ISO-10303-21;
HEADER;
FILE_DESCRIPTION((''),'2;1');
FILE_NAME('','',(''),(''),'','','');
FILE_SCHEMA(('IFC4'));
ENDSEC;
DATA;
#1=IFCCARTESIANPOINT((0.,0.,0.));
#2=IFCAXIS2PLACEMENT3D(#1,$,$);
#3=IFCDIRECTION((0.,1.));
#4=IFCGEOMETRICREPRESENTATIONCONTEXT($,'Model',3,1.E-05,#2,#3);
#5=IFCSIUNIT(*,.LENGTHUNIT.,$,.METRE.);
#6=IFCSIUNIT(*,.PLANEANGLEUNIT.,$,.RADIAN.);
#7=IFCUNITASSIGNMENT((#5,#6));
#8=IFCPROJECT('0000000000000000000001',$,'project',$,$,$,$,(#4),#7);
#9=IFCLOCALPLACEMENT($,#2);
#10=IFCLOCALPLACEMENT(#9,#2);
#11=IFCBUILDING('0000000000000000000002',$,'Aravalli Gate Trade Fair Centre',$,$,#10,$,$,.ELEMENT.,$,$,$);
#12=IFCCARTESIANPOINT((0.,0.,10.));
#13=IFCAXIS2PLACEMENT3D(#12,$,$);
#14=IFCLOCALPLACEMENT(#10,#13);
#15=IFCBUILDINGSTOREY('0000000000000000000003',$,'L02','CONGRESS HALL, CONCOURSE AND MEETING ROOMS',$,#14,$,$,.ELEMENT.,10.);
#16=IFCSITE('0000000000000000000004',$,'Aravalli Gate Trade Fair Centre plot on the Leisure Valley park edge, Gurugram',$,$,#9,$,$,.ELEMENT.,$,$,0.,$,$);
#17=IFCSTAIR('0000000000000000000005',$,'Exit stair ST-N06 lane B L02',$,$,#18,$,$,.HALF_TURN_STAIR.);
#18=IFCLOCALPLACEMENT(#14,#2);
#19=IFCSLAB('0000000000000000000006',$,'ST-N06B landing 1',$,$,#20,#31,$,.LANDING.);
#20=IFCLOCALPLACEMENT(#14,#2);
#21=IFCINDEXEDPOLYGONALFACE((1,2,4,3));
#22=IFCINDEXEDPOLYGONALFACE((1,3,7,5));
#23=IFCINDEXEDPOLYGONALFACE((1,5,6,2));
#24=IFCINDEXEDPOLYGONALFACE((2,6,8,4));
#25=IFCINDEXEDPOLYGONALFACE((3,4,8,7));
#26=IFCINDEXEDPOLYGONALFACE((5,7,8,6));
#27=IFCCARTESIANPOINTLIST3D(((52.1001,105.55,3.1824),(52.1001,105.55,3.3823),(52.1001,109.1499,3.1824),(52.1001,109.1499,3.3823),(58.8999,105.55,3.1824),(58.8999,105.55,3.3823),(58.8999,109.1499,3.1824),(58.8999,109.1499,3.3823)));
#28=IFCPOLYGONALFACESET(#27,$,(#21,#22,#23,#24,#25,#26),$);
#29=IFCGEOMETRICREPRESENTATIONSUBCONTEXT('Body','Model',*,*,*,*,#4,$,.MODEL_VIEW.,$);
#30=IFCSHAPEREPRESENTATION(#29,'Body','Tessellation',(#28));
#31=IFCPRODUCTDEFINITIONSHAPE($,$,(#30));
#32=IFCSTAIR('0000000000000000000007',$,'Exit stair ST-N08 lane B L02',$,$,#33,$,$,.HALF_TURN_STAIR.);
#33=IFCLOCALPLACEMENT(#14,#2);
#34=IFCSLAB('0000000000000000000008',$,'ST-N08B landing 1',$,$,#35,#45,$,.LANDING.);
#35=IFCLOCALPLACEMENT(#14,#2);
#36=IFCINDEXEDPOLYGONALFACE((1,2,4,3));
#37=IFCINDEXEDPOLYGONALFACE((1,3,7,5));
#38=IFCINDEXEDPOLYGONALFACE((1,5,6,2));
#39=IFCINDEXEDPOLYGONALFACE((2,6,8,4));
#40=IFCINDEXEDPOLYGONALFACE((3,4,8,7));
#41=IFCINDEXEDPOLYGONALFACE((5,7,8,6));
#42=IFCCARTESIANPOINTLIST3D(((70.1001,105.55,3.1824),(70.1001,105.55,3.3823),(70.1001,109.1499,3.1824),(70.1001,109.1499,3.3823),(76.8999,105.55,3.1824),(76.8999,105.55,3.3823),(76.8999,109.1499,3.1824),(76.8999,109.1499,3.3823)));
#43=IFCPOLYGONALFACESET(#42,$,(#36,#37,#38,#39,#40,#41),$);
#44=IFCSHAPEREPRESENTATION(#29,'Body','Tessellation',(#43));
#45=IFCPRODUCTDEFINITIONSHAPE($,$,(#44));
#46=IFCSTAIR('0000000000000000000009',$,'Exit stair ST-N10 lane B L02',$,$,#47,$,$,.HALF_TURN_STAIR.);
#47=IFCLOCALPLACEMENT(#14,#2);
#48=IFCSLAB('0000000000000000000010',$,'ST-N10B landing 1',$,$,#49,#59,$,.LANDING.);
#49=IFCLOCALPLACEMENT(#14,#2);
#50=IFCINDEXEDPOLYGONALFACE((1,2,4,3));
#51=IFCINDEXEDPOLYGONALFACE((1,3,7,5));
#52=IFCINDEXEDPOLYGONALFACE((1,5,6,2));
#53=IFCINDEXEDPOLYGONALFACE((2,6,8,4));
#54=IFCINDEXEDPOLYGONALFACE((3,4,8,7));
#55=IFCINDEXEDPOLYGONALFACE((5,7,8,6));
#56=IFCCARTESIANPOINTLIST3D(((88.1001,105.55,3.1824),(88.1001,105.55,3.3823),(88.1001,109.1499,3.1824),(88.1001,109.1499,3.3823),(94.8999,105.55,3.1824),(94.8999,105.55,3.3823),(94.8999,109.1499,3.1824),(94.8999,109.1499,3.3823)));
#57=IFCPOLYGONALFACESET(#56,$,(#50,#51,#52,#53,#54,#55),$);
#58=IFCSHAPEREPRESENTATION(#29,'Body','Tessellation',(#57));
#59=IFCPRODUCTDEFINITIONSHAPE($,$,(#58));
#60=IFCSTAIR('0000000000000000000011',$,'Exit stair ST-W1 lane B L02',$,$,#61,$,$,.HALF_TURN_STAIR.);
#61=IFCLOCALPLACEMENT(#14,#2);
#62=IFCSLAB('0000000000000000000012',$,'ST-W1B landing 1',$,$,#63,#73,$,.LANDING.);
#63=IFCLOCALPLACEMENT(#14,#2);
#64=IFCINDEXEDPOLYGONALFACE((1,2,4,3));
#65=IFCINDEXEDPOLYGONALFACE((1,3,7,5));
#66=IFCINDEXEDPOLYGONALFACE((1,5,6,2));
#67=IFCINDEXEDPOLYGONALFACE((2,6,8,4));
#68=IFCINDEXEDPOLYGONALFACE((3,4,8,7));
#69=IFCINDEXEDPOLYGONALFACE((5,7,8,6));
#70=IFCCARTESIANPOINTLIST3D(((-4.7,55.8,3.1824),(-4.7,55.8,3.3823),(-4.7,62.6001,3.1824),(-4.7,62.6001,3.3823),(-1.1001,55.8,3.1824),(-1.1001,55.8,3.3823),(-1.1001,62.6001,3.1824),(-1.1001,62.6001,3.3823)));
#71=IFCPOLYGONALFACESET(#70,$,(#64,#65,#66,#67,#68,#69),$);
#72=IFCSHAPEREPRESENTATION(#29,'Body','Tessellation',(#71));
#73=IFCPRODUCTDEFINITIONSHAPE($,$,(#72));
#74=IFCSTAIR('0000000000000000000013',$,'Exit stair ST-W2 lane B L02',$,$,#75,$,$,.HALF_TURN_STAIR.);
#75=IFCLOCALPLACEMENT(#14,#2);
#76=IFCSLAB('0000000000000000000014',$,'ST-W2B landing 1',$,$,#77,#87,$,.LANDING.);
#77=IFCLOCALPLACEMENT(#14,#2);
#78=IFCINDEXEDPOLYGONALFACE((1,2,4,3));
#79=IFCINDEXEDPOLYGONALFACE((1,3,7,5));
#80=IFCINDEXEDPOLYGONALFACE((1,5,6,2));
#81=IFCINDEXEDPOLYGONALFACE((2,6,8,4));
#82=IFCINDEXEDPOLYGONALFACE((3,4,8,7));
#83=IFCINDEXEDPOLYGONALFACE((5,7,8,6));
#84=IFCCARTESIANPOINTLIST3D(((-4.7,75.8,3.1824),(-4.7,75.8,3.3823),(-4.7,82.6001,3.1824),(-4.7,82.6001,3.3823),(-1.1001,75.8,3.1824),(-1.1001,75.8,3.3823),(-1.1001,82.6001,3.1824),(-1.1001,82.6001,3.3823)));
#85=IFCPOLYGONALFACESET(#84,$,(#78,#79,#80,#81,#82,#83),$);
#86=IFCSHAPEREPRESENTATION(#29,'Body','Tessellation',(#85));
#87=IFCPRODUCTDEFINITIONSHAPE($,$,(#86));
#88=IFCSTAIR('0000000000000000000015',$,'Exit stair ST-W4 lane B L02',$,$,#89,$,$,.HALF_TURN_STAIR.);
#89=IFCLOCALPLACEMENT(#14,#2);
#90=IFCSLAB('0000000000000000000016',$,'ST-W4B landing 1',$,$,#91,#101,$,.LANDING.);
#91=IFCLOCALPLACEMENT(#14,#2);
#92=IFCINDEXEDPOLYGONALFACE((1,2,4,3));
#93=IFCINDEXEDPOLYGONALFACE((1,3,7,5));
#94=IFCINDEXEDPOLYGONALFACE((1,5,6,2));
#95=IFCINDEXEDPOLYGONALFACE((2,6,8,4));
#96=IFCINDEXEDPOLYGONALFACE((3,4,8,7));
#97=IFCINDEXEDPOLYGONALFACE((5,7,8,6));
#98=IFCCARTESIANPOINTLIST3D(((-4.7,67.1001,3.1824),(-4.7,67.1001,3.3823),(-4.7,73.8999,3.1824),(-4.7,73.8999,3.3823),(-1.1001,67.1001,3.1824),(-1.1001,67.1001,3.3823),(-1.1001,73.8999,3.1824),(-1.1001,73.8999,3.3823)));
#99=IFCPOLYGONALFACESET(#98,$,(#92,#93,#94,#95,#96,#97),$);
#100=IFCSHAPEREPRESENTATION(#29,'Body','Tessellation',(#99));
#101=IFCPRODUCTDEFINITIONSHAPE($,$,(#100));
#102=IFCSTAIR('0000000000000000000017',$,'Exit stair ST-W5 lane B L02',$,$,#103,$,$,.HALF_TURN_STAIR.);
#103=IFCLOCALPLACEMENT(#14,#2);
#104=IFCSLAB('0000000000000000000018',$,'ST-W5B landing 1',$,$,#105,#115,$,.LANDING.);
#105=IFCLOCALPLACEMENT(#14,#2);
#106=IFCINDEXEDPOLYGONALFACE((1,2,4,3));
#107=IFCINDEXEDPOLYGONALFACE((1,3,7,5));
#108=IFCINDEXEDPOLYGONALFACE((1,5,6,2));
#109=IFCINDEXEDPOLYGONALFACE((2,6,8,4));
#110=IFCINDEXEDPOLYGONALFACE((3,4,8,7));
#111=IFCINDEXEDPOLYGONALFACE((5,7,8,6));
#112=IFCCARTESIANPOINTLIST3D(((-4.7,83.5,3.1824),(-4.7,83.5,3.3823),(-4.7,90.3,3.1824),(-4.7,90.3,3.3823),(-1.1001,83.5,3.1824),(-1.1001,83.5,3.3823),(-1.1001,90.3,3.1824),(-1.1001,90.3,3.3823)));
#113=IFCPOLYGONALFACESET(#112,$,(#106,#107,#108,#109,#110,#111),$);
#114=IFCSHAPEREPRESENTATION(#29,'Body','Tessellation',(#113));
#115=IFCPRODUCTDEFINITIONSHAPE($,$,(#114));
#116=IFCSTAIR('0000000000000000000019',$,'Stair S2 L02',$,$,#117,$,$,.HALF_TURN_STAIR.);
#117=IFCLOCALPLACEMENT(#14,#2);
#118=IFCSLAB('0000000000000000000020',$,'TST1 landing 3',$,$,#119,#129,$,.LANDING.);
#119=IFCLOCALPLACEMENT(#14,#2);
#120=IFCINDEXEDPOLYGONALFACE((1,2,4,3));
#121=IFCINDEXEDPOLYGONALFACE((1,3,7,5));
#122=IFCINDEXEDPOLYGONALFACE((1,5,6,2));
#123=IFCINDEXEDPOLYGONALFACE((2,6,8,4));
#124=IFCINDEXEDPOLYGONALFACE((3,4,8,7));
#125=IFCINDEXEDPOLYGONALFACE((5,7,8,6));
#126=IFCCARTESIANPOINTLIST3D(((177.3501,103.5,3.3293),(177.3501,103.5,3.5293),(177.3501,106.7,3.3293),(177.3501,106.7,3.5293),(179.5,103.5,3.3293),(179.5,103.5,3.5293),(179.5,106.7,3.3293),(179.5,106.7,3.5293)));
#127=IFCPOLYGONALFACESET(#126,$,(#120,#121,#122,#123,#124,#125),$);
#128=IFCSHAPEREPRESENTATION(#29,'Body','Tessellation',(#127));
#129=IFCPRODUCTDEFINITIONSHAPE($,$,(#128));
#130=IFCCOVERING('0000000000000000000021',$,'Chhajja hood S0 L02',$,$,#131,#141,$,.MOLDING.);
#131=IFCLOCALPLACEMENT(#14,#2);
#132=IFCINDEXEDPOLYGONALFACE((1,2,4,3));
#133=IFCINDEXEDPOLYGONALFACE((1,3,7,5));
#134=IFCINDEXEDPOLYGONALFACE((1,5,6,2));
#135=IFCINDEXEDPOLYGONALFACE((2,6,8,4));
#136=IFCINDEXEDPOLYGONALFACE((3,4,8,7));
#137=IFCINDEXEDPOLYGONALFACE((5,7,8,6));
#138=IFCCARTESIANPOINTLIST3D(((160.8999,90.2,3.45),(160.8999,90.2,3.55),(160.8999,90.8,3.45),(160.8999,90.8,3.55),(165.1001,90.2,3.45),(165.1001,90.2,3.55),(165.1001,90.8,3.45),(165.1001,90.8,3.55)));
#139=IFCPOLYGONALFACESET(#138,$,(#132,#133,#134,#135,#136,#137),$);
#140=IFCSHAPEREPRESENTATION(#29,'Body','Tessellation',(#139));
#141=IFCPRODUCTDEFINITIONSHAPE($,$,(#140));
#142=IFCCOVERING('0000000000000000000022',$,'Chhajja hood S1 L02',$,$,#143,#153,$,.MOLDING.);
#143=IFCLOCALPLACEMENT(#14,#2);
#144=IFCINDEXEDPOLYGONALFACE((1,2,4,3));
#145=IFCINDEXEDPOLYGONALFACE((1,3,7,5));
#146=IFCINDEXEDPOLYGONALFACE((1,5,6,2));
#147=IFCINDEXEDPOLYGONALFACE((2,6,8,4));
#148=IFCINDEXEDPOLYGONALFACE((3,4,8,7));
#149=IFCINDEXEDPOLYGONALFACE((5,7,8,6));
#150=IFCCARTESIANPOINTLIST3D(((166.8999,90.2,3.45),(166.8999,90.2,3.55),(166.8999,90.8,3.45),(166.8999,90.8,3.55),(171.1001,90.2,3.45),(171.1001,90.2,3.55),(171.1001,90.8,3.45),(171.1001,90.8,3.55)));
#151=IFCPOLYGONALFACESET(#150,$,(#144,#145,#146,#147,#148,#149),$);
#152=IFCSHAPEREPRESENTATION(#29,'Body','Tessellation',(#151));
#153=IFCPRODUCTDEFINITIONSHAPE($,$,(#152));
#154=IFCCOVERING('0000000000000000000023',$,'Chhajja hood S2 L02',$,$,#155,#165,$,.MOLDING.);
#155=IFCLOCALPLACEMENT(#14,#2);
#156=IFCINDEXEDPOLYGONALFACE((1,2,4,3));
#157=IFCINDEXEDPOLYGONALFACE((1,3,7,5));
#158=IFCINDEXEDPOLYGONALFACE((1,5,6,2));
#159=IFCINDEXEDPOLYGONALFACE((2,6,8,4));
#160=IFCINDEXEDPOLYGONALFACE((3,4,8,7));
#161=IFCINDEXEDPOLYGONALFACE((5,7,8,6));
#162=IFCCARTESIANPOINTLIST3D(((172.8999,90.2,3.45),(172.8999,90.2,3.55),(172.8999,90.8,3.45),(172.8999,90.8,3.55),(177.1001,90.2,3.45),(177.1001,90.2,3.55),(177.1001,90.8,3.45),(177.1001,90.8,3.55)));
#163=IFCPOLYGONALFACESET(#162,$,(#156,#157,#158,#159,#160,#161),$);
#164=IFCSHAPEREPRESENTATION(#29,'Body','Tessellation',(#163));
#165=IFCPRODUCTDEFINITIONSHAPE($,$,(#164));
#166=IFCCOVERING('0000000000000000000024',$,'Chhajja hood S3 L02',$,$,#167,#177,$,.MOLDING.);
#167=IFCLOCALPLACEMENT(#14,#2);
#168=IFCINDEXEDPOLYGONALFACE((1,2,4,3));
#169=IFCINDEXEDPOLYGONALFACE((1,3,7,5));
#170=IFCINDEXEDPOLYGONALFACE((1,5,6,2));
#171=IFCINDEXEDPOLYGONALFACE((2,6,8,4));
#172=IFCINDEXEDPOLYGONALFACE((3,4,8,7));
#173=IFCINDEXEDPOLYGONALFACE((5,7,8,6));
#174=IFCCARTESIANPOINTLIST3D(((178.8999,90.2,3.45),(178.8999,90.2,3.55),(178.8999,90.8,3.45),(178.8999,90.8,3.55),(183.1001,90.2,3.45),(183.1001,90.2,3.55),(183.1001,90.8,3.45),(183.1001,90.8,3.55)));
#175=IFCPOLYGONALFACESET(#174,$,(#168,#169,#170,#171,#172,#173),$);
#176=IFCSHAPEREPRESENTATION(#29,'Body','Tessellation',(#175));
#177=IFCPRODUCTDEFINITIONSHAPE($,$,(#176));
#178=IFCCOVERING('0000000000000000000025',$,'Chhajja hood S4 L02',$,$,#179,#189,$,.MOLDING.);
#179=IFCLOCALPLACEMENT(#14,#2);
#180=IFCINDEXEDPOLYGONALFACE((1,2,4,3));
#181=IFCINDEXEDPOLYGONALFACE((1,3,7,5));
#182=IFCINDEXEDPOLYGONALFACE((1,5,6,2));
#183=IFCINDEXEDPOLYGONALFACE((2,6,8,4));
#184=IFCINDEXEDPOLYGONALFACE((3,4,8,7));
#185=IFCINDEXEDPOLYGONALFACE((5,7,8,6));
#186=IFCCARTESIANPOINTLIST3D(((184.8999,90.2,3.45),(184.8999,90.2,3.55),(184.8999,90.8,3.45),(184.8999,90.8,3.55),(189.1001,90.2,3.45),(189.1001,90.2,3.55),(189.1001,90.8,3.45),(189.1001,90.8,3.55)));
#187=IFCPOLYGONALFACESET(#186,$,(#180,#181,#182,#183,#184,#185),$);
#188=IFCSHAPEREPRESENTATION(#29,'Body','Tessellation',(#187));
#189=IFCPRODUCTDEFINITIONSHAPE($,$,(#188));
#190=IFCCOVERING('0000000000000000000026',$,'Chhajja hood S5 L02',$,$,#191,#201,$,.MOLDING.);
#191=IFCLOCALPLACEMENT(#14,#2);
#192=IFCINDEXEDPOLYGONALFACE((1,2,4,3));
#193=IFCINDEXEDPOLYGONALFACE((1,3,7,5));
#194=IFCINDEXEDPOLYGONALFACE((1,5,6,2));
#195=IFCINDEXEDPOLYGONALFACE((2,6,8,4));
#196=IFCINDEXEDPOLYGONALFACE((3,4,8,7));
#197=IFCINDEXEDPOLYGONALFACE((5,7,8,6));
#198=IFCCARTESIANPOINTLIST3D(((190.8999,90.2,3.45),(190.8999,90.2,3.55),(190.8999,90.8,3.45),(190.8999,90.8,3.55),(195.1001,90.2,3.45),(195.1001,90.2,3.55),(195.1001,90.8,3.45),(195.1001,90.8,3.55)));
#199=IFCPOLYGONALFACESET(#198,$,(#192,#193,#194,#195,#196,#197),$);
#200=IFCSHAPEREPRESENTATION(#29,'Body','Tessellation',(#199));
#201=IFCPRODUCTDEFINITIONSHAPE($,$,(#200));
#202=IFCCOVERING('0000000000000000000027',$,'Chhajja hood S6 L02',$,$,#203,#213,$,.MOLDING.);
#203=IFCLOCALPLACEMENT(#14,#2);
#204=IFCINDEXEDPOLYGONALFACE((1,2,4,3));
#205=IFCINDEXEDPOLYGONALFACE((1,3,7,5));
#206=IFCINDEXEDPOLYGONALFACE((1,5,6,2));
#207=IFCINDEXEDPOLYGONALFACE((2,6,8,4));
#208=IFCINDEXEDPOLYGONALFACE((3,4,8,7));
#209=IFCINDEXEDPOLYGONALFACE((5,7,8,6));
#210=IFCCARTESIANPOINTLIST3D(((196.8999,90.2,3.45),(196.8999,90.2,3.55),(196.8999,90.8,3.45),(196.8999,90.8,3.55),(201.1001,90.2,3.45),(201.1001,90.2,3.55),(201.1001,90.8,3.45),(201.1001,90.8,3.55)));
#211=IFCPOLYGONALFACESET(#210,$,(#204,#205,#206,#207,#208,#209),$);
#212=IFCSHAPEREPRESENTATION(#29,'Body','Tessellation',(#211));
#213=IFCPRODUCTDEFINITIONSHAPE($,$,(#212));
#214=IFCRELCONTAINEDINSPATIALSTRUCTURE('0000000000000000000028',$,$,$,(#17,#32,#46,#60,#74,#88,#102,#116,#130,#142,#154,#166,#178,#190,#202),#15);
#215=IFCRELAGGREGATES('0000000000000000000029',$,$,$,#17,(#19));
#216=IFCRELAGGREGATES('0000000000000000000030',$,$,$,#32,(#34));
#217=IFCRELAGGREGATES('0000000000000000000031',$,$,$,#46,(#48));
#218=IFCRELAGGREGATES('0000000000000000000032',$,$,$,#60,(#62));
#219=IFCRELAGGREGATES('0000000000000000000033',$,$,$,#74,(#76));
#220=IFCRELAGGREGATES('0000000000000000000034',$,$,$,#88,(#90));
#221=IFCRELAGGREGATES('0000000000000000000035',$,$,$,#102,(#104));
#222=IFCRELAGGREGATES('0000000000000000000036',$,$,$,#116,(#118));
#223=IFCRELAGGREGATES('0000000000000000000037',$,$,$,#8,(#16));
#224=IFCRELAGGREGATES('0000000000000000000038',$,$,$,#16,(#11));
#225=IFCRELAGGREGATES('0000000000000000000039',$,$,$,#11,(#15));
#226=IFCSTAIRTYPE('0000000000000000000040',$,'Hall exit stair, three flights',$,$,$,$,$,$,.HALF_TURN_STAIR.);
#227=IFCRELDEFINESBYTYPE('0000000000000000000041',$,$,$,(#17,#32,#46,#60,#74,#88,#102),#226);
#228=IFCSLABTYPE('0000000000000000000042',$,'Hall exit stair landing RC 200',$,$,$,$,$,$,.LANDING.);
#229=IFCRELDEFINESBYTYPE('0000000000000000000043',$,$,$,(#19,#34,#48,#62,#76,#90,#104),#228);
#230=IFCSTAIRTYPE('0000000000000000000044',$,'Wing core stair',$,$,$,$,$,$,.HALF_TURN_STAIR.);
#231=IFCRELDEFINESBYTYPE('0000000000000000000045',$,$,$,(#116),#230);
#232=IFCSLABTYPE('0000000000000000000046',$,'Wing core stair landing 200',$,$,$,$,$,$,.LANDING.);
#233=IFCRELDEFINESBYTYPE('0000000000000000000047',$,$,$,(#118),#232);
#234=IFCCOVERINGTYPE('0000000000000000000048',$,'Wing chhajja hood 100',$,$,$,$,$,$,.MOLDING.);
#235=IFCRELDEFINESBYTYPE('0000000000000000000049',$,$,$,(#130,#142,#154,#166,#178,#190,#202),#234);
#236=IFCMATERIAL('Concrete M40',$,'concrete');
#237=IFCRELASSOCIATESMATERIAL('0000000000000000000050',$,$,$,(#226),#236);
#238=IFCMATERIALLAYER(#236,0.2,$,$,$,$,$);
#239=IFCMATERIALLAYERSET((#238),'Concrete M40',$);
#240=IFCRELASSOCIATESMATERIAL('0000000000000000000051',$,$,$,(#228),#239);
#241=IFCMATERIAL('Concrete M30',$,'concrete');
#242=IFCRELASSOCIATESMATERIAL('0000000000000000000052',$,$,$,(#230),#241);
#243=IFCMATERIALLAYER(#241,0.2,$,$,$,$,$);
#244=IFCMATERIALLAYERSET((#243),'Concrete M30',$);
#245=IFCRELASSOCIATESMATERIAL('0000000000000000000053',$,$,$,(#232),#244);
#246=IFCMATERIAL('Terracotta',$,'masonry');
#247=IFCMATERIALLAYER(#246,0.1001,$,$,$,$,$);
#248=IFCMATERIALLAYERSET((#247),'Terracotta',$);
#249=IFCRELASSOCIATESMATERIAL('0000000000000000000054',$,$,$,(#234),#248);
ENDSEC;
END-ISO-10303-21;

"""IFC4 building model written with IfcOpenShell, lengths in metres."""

from ifc_helpers import new_model, si_unit, direction, frame, origin, place, context, subcontext, project, spatial, polyline, outline, extrude, material, layer, layer_set, type_object, element, aggregate, save


model = new_model("IFC4")

# Units and contexts
model_context = context("Model", 3, precision=1e-05, world=origin(), true_north=direction((0.0, 1.0)))
body_context = subcontext(model_context, "Body", "Model", "MODEL_VIEW")
ifc_project = project(units=[si_unit("LENGTHUNIT", "METRE"), si_unit("PLANEANGLEUNIT", "RADIAN")], contexts=[model_context])

# Site, building, storey
site_placement = place(None, origin())
site = spatial("IfcSite", under=ifc_project, at=site_placement, Name="Aravalli Gate Trade Fair Centre plot on the Leisure Valley park edge, Gurugram", CompositionType="ELEMENT", RefElevation=0.0)
building_placement = place(site_placement, origin())
building = spatial("IfcBuilding", under=site, at=building_placement, Name="Aravalli Gate Trade Fair Centre", CompositionType="ELEMENT")
storey_placement = place(building_placement, frame((0.0, 0.0, 10.0)))
storey = spatial("IfcBuildingStorey", under=building, at=storey_placement, Name="L02", Description="CONGRESS HALL, CONCOURSE AND MEETING ROOMS", CompositionType="ELEMENT", Elevation=10.0)

# Stairs, slabs
ifc_material_1 = material(Name="Concrete M40", Category="concrete")
stair_type_1 = type_object("IfcStairType", Name="Hall exit stair, three flights", PredefinedType="HALF_TURN_STAIR", material=ifc_material_1)
stair_1_placement = place(storey_placement, origin())
stair_1 = element("IfcStair", 1, at=stair_1_placement, inside=storey, type_object=stair_type_1, Name="Exit stair ST-N06 lane B L02", PredefinedType="HALF_TURN_STAIR")
ifc_layer_1 = layer(ifc_material_1, 0.2)
ifc_layer_set_1 = layer_set([ifc_layer_1], Name="Concrete M40")
slab_type_1 = type_object("IfcSlabType", Name="Hall exit stair landing RC 200", PredefinedType="LANDING", material=ifc_layer_set_1)
slab_1_placement = place(storey_placement, frame((0.0, 0.0, 3.1824)))
slab_1 = element("IfcSlab", 2, at=slab_1_placement, type_object=slab_type_1, Name="ST-N06B landing 1", PredefinedType="LANDING", context=body_context, shape_type="SweptSolid", body=[
    extrude(outline(polyline([(52.1001, 109.1499), (58.8999, 109.1499), (58.8999, 105.55), (52.1001, 105.55), (52.1001, 109.1499)])), origin(), (0.0, 0.0, 1.0), 0.2),
])
aggregate(stair_1, [slab_1])
stair_2_placement = place(storey_placement, origin())
stair_2 = element("IfcStair", 3, at=stair_2_placement, inside=storey, type_object=stair_type_1, Name="Exit stair ST-N08 lane B L02", PredefinedType="HALF_TURN_STAIR")
slab_2_placement = place(storey_placement, frame((0.0, 0.0, 3.1824)))
slab_2 = element("IfcSlab", 4, at=slab_2_placement, type_object=slab_type_1, Name="ST-N08B landing 1", PredefinedType="LANDING", context=body_context, shape_type="SweptSolid", body=[
    extrude(outline(polyline([(70.1001, 109.1499), (76.8999, 109.1499), (76.8999, 105.55), (70.1001, 105.55), (70.1001, 109.1499)])), origin(), (0.0, 0.0, 1.0), 0.2),
])
aggregate(stair_2, [slab_2])
stair_3_placement = place(storey_placement, origin())
stair_3 = element("IfcStair", 5, at=stair_3_placement, inside=storey, type_object=stair_type_1, Name="Exit stair ST-N10 lane B L02", PredefinedType="HALF_TURN_STAIR")
slab_3_placement = place(storey_placement, frame((0.0, 0.0, 3.1824)))
slab_3 = element("IfcSlab", 6, at=slab_3_placement, type_object=slab_type_1, Name="ST-N10B landing 1", PredefinedType="LANDING", context=body_context, shape_type="SweptSolid", body=[
    extrude(outline(polyline([(88.1001, 109.1499), (94.8999, 109.1499), (94.8999, 105.55), (88.1001, 105.55), (88.1001, 109.1499)])), origin(), (0.0, 0.0, 1.0), 0.2),
])
aggregate(stair_3, [slab_3])
stair_4_placement = place(storey_placement, origin())
stair_4 = element("IfcStair", 7, at=stair_4_placement, inside=storey, type_object=stair_type_1, Name="Exit stair ST-W1 lane B L02", PredefinedType="HALF_TURN_STAIR")
slab_4_placement = place(storey_placement, frame((0.0, 0.0, 3.1824)))
slab_4 = element("IfcSlab", 8, at=slab_4_placement, type_object=slab_type_1, Name="ST-W1B landing 1", PredefinedType="LANDING", context=body_context, shape_type="SweptSolid", body=[
    extrude(outline(polyline([(-1.1001, 55.8), (-1.1001, 62.6001), (-4.7, 62.6001), (-4.7, 55.8), (-1.1001, 55.8)])), origin(), (0.0, 0.0, 1.0), 0.2),
])
aggregate(stair_4, [slab_4])
stair_5_placement = place(storey_placement, origin())
stair_5 = element("IfcStair", 9, at=stair_5_placement, inside=storey, type_object=stair_type_1, Name="Exit stair ST-W2 lane B L02", PredefinedType="HALF_TURN_STAIR")
slab_5_placement = place(storey_placement, frame((0.0, 0.0, 3.1824)))
slab_5 = element("IfcSlab", 10, at=slab_5_placement, type_object=slab_type_1, Name="ST-W2B landing 1", PredefinedType="LANDING", context=body_context, shape_type="SweptSolid", body=[
    extrude(outline(polyline([(-1.1001, 75.8), (-1.1001, 82.6001), (-4.7, 82.6001), (-4.7, 75.8), (-1.1001, 75.8)])), origin(), (0.0, 0.0, 1.0), 0.2),
])
aggregate(stair_5, [slab_5])
stair_6_placement = place(storey_placement, origin())
stair_6 = element("IfcStair", 11, at=stair_6_placement, inside=storey, type_object=stair_type_1, Name="Exit stair ST-W4 lane B L02", PredefinedType="HALF_TURN_STAIR")
slab_6_placement = place(storey_placement, frame((0.0, 0.0, 3.1824)))
slab_6 = element("IfcSlab", 12, at=slab_6_placement, type_object=slab_type_1, Name="ST-W4B landing 1", PredefinedType="LANDING", context=body_context, shape_type="SweptSolid", body=[
    extrude(outline(polyline([(-1.1001, 67.1001), (-1.1001, 73.8999), (-4.7, 73.8999), (-4.7, 67.1001), (-1.1001, 67.1001)])), origin(), (0.0, 0.0, 1.0), 0.2),
])
aggregate(stair_6, [slab_6])
stair_7_placement = place(storey_placement, origin())
stair_7 = element("IfcStair", 13, at=stair_7_placement, inside=storey, type_object=stair_type_1, Name="Exit stair ST-W5 lane B L02", PredefinedType="HALF_TURN_STAIR")
slab_7_placement = place(storey_placement, frame((0.0, 0.0, 3.1824)))
slab_7 = element("IfcSlab", 14, at=slab_7_placement, type_object=slab_type_1, Name="ST-W5B landing 1", PredefinedType="LANDING", context=body_context, shape_type="SweptSolid", body=[
    extrude(outline(polyline([(-1.1001, 83.5), (-1.1001, 90.3), (-4.7, 90.3), (-4.7, 83.5), (-1.1001, 83.5)])), origin(), (0.0, 0.0, 1.0), 0.2),
])
aggregate(stair_7, [slab_7])
ifc_material_2 = material(Name="Concrete M30", Category="concrete")
stair_type_2 = type_object("IfcStairType", Name="Wing core stair", PredefinedType="HALF_TURN_STAIR", material=ifc_material_2)
stair_8_placement = place(storey_placement, origin())
stair_8 = element("IfcStair", 15, at=stair_8_placement, inside=storey, type_object=stair_type_2, Name="Stair S2 L02", PredefinedType="HALF_TURN_STAIR")
ifc_layer_2 = layer(ifc_material_2, 0.2)
ifc_layer_set_2 = layer_set([ifc_layer_2], Name="Concrete M30")
slab_type_2 = type_object("IfcSlabType", Name="Wing core stair landing 200", PredefinedType="LANDING", material=ifc_layer_set_2)
slab_8_placement = place(storey_placement, frame((0.0, 0.0, 3.3293)))
slab_8 = element("IfcSlab", 16, at=slab_8_placement, type_object=slab_type_2, Name="TST1 landing 3", PredefinedType="LANDING", context=body_context, shape_type="SweptSolid", body=[
    extrude(outline(polyline([(177.3501, 103.5), (179.5, 103.5), (179.5, 106.7), (177.3501, 106.7), (177.3501, 103.5)])), origin(), (0.0, 0.0, 1.0), 0.2),
])
aggregate(stair_8, [slab_8])

# Coverings
ifc_material_3 = material(Name="Terracotta", Category="masonry")
ifc_layer_3 = layer(ifc_material_3, 0.1001)
ifc_layer_set_3 = layer_set([ifc_layer_3], Name="Terracotta")
covering_type = type_object("IfcCoveringType", Name="Wing chhajja hood 100", PredefinedType="MOLDING", material=ifc_layer_set_3)
covering_1_placement = place(storey_placement, frame((0.0, 0.0, 3.45)))
element("IfcCovering", 17, at=covering_1_placement, inside=storey, type_object=covering_type, Name="Chhajja hood S0 L02", PredefinedType="MOLDING", context=body_context, shape_type="SweptSolid", body=[
    extrude(outline(polyline([(160.8999, 90.2), (165.1001, 90.2), (165.1001, 90.8), (160.8999, 90.8), (160.8999, 90.2)])), origin(), (0.0, 0.0, 1.0), 0.1001),
])
covering_2_placement = place(storey_placement, frame((0.0, 0.0, 3.45)))
element("IfcCovering", 18, at=covering_2_placement, inside=storey, type_object=covering_type, Name="Chhajja hood S1 L02", PredefinedType="MOLDING", context=body_context, shape_type="SweptSolid", body=[
    extrude(outline(polyline([(166.8999, 90.2), (171.1001, 90.2), (171.1001, 90.8), (166.8999, 90.8), (166.8999, 90.2)])), origin(), (0.0, 0.0, 1.0), 0.1001),
])
covering_3_placement = place(storey_placement, frame((0.0, 0.0, 3.45)))
element("IfcCovering", 19, at=covering_3_placement, inside=storey, type_object=covering_type, Name="Chhajja hood S2 L02", PredefinedType="MOLDING", context=body_context, shape_type="SweptSolid", body=[
    extrude(outline(polyline([(172.8999, 90.2), (177.1001, 90.2), (177.1001, 90.8), (172.8999, 90.8), (172.8999, 90.2)])), origin(), (0.0, 0.0, 1.0), 0.1001),
])
covering_4_placement = place(storey_placement, frame((0.0, 0.0, 3.45)))
element("IfcCovering", 20, at=covering_4_placement, inside=storey, type_object=covering_type, Name="Chhajja hood S3 L02", PredefinedType="MOLDING", context=body_context, shape_type="SweptSolid", body=[
    extrude(outline(polyline([(178.8999, 90.2), (183.1001, 90.2), (183.1001, 90.8), (178.8999, 90.8), (178.8999, 90.2)])), origin(), (0.0, 0.0, 1.0), 0.1001),
])
covering_5_placement = place(storey_placement, frame((0.0, 0.0, 3.45)))
element("IfcCovering", 21, at=covering_5_placement, inside=storey, type_object=covering_type, Name="Chhajja hood S4 L02", PredefinedType="MOLDING", context=body_context, shape_type="SweptSolid", body=[
    extrude(outline(polyline([(184.8999, 90.2), (189.1001, 90.2), (189.1001, 90.8), (184.8999, 90.8), (184.8999, 90.2)])), origin(), (0.0, 0.0, 1.0), 0.1001),
])
covering_6_placement = place(storey_placement, frame((0.0, 0.0, 3.45)))
element("IfcCovering", 22, at=covering_6_placement, inside=storey, type_object=covering_type, Name="Chhajja hood S5 L02", PredefinedType="MOLDING", context=body_context, shape_type="SweptSolid", body=[
    extrude(outline(polyline([(190.8999, 90.2), (195.1001, 90.2), (195.1001, 90.8), (190.8999, 90.8), (190.8999, 90.2)])), origin(), (0.0, 0.0, 1.0), 0.1001),
])
covering_7_placement = place(storey_placement, frame((0.0, 0.0, 3.45)))
element("IfcCovering", 23, at=covering_7_placement, inside=storey, type_object=covering_type, Name="Chhajja hood S6 L02", PredefinedType="MOLDING", context=body_context, shape_type="SweptSolid", body=[
    extrude(outline(polyline([(196.8999, 90.2), (201.1001, 90.2), (201.1001, 90.8), (196.8999, 90.8), (196.8999, 90.2)])), origin(), (0.0, 0.0, 1.0), 0.1001),
])

save(model, "model.ifc")
